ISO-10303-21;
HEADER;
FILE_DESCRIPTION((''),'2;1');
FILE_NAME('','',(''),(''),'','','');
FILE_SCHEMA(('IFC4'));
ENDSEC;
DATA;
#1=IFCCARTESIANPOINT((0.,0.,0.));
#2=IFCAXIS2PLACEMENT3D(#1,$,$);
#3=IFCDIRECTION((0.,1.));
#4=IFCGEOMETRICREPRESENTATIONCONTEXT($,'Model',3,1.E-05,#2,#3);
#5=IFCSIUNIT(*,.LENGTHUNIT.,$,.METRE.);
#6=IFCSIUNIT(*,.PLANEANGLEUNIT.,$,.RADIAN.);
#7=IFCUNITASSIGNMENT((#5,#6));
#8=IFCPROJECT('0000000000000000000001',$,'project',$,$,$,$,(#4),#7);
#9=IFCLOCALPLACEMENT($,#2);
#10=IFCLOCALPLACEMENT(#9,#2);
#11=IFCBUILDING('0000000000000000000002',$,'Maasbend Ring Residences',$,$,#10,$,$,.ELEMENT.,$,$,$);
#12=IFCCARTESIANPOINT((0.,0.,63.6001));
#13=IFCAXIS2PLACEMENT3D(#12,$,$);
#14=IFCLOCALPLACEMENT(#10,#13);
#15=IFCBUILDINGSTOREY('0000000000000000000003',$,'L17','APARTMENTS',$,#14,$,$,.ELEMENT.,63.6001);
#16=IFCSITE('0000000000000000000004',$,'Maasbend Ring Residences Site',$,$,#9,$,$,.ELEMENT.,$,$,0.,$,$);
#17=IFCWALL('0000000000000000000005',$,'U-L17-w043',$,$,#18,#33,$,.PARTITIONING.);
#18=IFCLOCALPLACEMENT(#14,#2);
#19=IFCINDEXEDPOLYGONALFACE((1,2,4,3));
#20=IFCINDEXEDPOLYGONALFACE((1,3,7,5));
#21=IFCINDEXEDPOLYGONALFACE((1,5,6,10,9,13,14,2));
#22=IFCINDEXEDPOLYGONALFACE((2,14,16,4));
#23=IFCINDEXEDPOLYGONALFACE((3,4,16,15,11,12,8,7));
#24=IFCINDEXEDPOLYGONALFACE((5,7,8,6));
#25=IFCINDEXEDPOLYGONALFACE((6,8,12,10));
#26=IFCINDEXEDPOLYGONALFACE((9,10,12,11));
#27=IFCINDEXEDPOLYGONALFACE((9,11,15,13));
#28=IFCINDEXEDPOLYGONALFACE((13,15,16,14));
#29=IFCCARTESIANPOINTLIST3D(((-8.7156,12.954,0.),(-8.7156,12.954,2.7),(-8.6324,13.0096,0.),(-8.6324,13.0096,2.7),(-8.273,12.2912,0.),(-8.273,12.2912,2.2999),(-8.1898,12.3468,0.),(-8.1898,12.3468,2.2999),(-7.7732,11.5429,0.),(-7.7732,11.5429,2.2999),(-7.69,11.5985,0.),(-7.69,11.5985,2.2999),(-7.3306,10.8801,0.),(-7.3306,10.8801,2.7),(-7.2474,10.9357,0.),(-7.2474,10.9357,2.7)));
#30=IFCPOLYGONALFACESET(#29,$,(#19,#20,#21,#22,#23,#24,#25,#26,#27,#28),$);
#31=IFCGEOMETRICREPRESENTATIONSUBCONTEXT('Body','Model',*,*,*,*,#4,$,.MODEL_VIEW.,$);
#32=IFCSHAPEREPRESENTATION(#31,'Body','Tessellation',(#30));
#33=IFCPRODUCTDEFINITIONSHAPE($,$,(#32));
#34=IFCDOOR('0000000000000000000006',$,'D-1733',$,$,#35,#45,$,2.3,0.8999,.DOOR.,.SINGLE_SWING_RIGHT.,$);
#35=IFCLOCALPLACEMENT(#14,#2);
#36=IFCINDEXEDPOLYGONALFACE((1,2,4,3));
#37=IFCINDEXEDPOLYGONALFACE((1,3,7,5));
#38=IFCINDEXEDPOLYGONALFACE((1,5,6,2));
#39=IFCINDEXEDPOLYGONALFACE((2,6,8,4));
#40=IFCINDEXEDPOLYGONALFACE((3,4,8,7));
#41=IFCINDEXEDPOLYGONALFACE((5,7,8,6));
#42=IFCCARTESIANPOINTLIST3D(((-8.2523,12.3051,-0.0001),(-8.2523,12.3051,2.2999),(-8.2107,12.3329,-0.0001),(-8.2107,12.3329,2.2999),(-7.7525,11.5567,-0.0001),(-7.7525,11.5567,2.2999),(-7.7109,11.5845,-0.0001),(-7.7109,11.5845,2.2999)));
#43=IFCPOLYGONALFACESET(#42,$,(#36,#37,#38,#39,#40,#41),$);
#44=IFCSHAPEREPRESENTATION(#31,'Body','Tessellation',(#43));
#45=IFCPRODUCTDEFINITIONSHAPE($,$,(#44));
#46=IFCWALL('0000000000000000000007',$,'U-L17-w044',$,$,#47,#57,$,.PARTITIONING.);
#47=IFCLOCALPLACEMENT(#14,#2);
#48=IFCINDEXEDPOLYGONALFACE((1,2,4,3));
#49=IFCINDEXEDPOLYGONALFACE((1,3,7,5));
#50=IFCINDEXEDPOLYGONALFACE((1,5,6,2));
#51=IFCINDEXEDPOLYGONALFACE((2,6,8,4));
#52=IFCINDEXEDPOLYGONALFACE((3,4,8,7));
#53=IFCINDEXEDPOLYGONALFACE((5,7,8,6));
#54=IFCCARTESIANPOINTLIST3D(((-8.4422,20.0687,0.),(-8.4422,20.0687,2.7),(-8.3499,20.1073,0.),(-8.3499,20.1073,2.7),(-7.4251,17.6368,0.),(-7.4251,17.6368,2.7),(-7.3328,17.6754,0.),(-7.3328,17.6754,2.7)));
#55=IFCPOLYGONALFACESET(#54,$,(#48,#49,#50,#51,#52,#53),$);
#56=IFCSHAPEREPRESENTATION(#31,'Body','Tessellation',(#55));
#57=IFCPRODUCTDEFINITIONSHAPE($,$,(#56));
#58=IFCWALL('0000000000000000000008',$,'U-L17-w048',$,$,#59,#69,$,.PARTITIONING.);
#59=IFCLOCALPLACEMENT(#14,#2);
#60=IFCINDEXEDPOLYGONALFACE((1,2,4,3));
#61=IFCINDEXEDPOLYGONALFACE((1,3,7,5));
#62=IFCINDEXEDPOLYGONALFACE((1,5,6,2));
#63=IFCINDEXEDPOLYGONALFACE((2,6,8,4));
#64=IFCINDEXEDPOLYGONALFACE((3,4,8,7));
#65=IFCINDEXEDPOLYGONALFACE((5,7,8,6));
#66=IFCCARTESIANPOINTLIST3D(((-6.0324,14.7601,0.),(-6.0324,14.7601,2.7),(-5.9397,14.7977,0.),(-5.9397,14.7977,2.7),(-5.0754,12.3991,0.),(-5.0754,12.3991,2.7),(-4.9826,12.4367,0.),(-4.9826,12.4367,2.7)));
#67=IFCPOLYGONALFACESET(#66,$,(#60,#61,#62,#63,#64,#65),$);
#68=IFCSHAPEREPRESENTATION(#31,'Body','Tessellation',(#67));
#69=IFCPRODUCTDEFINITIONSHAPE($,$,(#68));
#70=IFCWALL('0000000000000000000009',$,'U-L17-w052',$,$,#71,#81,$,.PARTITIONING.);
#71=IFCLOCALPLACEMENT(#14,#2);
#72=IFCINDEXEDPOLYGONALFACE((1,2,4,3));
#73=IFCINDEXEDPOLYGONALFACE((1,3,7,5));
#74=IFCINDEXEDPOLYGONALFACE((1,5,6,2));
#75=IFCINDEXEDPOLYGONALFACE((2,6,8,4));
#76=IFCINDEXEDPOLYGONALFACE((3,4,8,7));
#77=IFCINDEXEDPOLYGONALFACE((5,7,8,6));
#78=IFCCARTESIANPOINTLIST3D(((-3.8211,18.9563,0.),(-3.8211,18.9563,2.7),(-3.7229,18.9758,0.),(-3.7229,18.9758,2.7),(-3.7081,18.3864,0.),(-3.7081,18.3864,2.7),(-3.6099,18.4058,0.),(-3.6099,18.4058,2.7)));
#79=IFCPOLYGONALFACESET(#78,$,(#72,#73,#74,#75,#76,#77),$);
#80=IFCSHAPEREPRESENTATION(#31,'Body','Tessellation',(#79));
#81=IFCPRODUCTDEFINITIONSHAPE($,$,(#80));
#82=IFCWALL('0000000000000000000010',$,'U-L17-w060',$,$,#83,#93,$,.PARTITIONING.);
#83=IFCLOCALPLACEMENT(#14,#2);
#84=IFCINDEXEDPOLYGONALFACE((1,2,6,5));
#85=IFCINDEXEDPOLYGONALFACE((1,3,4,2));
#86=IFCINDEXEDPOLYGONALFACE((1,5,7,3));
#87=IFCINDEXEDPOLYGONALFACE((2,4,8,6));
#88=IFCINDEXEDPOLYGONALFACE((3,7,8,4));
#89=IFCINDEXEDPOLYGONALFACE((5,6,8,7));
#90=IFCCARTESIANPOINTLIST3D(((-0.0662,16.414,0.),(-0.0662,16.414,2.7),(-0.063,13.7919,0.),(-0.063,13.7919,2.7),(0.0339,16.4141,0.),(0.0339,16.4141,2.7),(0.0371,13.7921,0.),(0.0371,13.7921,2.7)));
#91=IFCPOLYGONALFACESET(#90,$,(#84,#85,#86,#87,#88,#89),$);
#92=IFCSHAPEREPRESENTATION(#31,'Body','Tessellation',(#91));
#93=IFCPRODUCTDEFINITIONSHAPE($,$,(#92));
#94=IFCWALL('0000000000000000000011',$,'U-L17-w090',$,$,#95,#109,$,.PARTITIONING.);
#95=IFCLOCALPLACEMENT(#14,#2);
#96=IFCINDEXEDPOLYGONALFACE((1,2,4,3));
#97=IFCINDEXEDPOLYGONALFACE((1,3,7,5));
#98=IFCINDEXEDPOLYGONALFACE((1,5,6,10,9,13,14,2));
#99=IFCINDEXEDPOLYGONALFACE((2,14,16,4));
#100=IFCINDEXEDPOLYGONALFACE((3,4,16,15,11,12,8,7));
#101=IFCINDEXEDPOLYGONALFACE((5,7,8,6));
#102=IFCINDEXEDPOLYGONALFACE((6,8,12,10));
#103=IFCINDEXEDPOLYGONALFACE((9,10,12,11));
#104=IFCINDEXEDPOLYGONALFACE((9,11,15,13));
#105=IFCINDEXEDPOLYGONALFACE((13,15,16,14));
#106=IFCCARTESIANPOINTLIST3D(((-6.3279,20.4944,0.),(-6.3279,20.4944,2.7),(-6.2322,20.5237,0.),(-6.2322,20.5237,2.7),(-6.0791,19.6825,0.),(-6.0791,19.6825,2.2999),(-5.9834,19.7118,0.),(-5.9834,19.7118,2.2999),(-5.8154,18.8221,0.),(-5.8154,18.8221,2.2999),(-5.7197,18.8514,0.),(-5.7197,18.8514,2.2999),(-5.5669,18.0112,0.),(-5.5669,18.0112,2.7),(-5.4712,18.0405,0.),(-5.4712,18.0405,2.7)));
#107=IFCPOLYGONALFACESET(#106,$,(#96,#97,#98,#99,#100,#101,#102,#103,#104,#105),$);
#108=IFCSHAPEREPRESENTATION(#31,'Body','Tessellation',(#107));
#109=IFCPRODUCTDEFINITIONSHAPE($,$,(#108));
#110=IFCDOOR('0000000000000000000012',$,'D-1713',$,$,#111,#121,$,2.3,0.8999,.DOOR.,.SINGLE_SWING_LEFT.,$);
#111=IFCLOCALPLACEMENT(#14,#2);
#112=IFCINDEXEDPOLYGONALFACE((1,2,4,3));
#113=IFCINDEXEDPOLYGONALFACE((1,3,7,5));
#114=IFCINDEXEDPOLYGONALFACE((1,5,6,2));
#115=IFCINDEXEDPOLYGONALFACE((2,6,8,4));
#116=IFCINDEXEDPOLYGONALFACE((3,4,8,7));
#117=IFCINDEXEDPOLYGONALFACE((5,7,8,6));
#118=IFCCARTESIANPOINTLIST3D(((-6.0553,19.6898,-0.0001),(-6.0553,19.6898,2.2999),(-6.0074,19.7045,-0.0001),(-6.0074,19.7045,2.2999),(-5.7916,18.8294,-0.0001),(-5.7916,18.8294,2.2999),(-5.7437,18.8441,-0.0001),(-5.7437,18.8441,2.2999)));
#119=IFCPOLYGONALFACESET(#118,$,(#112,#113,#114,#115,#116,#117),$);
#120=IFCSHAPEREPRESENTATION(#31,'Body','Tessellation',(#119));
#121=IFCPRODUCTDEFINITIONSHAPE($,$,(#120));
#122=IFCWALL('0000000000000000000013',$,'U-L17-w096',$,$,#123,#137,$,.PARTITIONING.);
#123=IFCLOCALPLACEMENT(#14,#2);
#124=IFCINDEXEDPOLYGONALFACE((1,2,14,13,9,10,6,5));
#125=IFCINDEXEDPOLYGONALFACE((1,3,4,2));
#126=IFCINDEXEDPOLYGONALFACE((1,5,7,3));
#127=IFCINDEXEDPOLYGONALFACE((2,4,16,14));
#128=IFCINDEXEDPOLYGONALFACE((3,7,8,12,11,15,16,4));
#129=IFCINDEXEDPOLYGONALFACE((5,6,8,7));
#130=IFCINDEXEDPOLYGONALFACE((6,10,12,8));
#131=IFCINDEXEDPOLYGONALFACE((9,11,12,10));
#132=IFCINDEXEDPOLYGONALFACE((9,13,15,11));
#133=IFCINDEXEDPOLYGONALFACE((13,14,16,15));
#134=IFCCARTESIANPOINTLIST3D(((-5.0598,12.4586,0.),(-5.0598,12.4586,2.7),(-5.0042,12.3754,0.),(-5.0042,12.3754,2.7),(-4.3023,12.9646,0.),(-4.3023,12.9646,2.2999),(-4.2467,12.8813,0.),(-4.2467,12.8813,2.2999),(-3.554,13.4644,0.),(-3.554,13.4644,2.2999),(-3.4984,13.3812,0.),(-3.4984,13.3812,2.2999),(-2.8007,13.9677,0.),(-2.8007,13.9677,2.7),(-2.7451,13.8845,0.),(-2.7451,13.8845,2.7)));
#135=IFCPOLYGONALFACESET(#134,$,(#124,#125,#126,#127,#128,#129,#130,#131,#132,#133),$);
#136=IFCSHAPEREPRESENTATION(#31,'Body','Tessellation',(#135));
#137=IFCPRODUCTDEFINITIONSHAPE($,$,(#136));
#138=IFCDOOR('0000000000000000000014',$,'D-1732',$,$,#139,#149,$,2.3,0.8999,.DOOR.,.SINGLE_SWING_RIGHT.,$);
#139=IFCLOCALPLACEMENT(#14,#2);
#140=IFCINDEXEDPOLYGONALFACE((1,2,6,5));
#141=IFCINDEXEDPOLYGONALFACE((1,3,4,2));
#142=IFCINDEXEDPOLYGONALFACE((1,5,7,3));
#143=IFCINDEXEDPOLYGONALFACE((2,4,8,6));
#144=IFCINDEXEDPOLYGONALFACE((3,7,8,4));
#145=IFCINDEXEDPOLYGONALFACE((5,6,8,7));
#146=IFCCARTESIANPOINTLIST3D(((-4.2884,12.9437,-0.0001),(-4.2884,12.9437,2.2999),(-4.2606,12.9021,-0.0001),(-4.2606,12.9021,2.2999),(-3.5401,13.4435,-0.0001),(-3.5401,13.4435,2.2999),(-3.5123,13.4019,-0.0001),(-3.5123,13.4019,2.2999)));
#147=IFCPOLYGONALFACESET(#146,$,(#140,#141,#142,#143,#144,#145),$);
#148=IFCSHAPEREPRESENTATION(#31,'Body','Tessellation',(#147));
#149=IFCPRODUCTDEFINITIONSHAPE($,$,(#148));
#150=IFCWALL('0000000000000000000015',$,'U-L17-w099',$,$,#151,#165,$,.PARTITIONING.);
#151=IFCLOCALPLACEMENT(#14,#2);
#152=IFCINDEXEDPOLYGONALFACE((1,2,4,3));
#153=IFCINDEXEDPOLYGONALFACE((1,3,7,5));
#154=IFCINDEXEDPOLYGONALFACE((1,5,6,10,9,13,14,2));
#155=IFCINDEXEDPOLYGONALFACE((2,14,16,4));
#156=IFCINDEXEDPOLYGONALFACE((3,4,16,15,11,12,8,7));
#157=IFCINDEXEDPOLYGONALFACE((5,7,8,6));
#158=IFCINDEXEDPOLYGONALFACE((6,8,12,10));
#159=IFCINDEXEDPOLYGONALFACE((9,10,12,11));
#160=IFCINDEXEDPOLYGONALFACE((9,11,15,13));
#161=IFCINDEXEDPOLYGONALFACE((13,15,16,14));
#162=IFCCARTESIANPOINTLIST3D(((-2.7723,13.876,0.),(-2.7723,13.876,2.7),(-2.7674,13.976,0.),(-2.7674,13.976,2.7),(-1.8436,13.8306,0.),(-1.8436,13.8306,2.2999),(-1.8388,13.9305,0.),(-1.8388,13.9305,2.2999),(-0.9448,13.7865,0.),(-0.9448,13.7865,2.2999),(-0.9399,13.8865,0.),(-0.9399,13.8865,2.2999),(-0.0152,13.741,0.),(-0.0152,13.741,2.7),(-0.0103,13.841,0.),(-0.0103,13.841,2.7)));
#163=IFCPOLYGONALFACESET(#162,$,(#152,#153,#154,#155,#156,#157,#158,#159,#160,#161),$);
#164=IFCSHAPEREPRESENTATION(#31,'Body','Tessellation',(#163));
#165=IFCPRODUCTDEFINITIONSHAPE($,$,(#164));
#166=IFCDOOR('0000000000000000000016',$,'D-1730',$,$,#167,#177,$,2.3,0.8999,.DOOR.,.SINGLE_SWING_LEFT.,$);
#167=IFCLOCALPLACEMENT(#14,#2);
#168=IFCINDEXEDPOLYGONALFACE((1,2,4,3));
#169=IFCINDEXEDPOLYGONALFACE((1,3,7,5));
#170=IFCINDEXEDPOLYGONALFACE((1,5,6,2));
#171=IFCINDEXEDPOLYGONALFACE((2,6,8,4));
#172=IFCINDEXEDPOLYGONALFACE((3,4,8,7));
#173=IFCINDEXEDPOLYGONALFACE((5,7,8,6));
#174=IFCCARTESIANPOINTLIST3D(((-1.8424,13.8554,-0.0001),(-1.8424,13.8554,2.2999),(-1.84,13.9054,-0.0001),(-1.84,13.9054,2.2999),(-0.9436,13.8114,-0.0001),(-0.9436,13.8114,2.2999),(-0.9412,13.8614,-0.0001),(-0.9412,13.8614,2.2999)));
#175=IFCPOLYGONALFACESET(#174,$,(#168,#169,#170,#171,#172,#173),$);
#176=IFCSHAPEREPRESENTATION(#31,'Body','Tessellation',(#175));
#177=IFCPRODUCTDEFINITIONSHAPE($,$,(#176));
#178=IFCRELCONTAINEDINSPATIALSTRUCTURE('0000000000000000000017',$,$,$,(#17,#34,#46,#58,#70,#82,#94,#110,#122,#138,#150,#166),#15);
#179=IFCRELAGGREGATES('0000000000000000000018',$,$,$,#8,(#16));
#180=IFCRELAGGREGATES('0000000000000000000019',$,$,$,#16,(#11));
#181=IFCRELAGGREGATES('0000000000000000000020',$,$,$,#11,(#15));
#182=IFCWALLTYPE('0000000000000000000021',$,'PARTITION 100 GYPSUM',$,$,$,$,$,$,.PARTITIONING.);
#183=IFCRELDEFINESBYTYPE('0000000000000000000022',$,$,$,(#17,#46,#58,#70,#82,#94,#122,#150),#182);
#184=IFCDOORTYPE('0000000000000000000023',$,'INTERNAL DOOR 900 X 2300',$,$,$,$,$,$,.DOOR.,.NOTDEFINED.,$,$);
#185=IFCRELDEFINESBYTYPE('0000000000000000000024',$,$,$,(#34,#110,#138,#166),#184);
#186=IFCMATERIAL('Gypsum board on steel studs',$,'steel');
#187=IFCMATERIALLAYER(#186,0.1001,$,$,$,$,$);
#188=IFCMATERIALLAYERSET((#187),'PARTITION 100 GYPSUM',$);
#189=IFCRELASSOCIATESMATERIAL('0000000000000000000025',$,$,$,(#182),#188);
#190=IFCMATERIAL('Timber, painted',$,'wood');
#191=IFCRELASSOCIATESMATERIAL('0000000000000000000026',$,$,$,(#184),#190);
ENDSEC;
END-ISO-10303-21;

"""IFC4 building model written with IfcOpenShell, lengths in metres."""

from ifc_helpers import new_model, si_unit, direction, frame, frame_2d, origin, place, context, subcontext, project, spatial, rectangle, extrude, material, layer, layer_set, type_object, element, fill, save


model = new_model("IFC4")

# Units and contexts
model_context = context("Model", 3, precision=1e-05, world=origin(), true_north=direction((0.0, 1.0)))
body_context = subcontext(model_context, "Body", "Model", "MODEL_VIEW")
ifc_project = project(units=[si_unit("LENGTHUNIT", "METRE"), si_unit("PLANEANGLEUNIT", "RADIAN")], contexts=[model_context])

# Site, building, storey
site_placement = place(None, origin())
site = spatial("IfcSite", under=ifc_project, at=site_placement, Name="Maasbend Ring Residences Site", CompositionType="ELEMENT", RefElevation=0.0)
building_placement = place(site_placement, origin())
building = spatial("IfcBuilding", under=site, at=building_placement, Name="Maasbend Ring Residences", CompositionType="ELEMENT")
storey_placement = place(building_placement, frame((0.0, 0.0, 63.6001)))
storey = spatial("IfcBuildingStorey", under=building, at=storey_placement, Name="L17", Description="APARTMENTS", CompositionType="ELEMENT", Elevation=63.6001)

# Wall, opening, door
ifc_material_1 = material(Name="Gypsum board on steel studs", Category="steel")
ifc_layer_1 = layer(ifc_material_1, 0.1001)
ifc_layer_set_1 = layer_set([ifc_layer_1], Name="PARTITION 100 GYPSUM")
wall_type_1 = type_object("IfcWallType", Name="PARTITION 100 GYPSUM", PredefinedType="PARTITIONING", material=ifc_layer_set_1)
wall_1_placement = place(storey_placement, frame((-8.6741, 12.9819, 0.0), z_axis=(0.0, 0.0, 1.0), x_axis=(0.555355, -0.831613, 0.0)))
wall_1 = element("IfcWall", 1, at=wall_1_placement, inside=storey, type_object=wall_type_1, Name="U-L17-w043", PredefinedType="PARTITIONING", context=body_context, shape_type="SweptSolid", body=[
    extrude(rectangle(XDim=2.4939, YDim=0.1001, at=frame_2d((1.2471, 0.0))), origin(), (0.0, 0.0, 1.0), 2.7),
])
opening_1_placement = place(wall_1_placement, frame((0.7971, 0.0, 0.0)))
opening_1 = element("IfcOpeningElement", 2, at=opening_1_placement, cuts=wall_1, PredefinedType="OPENING", context=body_context, shape_type="SweptSolid", body=[
    extrude(rectangle(XDim=0.8999, YDim=2.3, at=frame_2d((0.45, 1.1499))), frame((0.0, 0.0601, 0.0), z_axis=(0.0, -1.0, 0.0), x_axis=(1.0, 0.0, 0.0)), (0.0, 0.0, 1.0), 0.1201),
])
ifc_material_2 = material(Name="Timber, painted", Category="wood")
door_type_1 = type_object("IfcDoorType", Name="INTERNAL DOOR 900 X 2300", OperationType="NOTDEFINED", PredefinedType="DOOR", material=ifc_material_2)
door_1_placement = place(opening_1_placement, origin())
door_1 = element("IfcDoor", 3, at=door_1_placement, inside=storey, type_object=door_type_1, Name="D-1733", OperationType="SINGLE_SWING_RIGHT", OverallHeight=2.3, OverallWidth=0.8999, PredefinedType="DOOR", context=body_context, shape_type="SweptSolid", body=[
    extrude(rectangle(XDim=0.8999, YDim=2.3, at=frame_2d((0.45, 1.1499))), frame((0.0, 0.0249, 0.0), z_axis=(0.0, -1.0, 0.0), x_axis=(1.0, 0.0, 0.0)), (0.0, 0.0, 1.0), 0.05),
])
fill(opening_1, door_1)

# Walls
wall_2_placement = place(storey_placement, frame((-8.396, 20.0879, 0.0), z_axis=(0.0, 0.0, 1.0), x_axis=(0.385845, -0.922564, 0.0)))
element("IfcWall", 4, at=wall_2_placement, inside=storey, type_object=wall_type_1, Name="U-L17-w044", PredefinedType="PARTITIONING", context=body_context, shape_type="SweptSolid", body=[
    extrude(rectangle(XDim=2.636, YDim=0.1001, at=frame_2d((1.3179, 0.0))), origin(), (0.0, 0.0, 1.0), 2.7),
])
wall_3_placement = place(storey_placement, frame((-5.9861, 14.7791, 0.0), z_axis=(0.0, 0.0, 1.0), x_axis=(0.375649, -0.926762, 0.0)))
element("IfcWall", 5, at=wall_3_placement, inside=storey, type_object=wall_type_1, Name="U-L17-w048", PredefinedType="PARTITIONING", context=body_context, shape_type="SweptSolid", body=[
    extrude(rectangle(XDim=2.5476, YDim=0.1001, at=frame_2d((1.2739, 0.0))), origin(), (0.0, 0.0, 1.0), 2.7),
])
wall_4_placement = place(storey_placement, frame((-3.772, 18.9661, 0.0), z_axis=(0.0, 0.0, 1.0), x_axis=(0.1945, -0.980902, 0.0)))
element("IfcWall", 6, at=wall_4_placement, inside=storey, type_object=wall_type_1, Name="U-L17-w052", PredefinedType="PARTITIONING", context=body_context, shape_type="SweptSolid", body=[
    extrude(rectangle(XDim=0.5811, YDim=0.1001, at=frame_2d((0.2905, 0.0))), origin(), (0.0, 0.0, 1.0), 2.7),
])
wall_5_placement = place(storey_placement, frame((-0.0129, 13.792, 0.0), z_axis=(0.0, 0.0, 1.0), x_axis=(-0.00121, 0.999999, 0.0)))
element("IfcWall", 7, at=wall_5_placement, inside=storey, type_object=wall_type_1, Name="U-L17-w060", PredefinedType="PARTITIONING", context=body_context, shape_type="SweptSolid", body=[
    extrude(rectangle(XDim=2.6221, YDim=0.1001, at=frame_2d((1.311, 0.0))), origin(), (0.0, 0.0, 1.0), 2.7),
])

# Walls, openings, doors
wall_6_placement = place(storey_placement, frame((-6.28, 20.509, 0.0), z_axis=(0.0, 0.0, 1.0), x_axis=(0.293009, -0.95611, 0.0)))
wall_6 = element("IfcWall", 8, at=wall_6_placement, inside=storey, type_object=wall_type_1, Name="U-L17-w090", PredefinedType="PARTITIONING", context=body_context, shape_type="SweptSolid", body=[
    extrude(rectangle(XDim=2.5972, YDim=0.1001, at=frame_2d((1.2986, 0.0))), origin(), (0.0, 0.0, 1.0), 2.7),
])
opening_2_placement = place(wall_6_placement, frame((0.8491, 0.0, 0.0)))
opening_2 = element("IfcOpeningElement", 9, at=opening_2_placement, cuts=wall_6, PredefinedType="OPENING", context=body_context, shape_type="SweptSolid", body=[
    extrude(rectangle(XDim=0.8999, YDim=2.3, at=frame_2d((0.45, 1.1499))), frame((0.0, 0.0601, 0.0), z_axis=(0.0, -1.0, 0.0), x_axis=(1.0, 0.0, 0.0)), (0.0, 0.0, 1.0), 0.1201),
])
door_2_placement = place(opening_2_placement, origin())
door_2 = element("IfcDoor", 10, at=door_2_placement, inside=storey, type_object=door_type_1, Name="D-1713", OperationType="SINGLE_SWING_LEFT", OverallHeight=2.3, OverallWidth=0.8999, PredefinedType="DOOR", context=body_context, shape_type="SweptSolid", body=[
    extrude(rectangle(XDim=0.8999, YDim=2.3, at=frame_2d((0.45, 1.1499))), frame((0.0, 0.0249, 0.0), z_axis=(0.0, -1.0, 0.0), x_axis=(1.0, 0.0, 0.0)), (0.0, 0.0, 1.0), 0.05),
])
fill(opening_2, door_2)
wall_7_placement = place(storey_placement, frame((-5.032, 12.417, 0.0), z_axis=(0.0, 0.0, 1.0), x_axis=(0.831538, 0.555467, 0.0)))
wall_7 = element("IfcWall", 11, at=wall_7_placement, inside=storey, type_object=wall_type_1, Name="U-L17-w096", PredefinedType="PARTITIONING", context=body_context, shape_type="SweptSolid", body=[
    extrude(rectangle(XDim=2.7168, YDim=0.1001, at=frame_2d((1.3584, 0.0))), origin(), (0.0, 0.0, 1.0), 2.7),
])
opening_3_placement = place(wall_7_placement, frame((0.9109, 0.0, 0.0)))
opening_3 = element("IfcOpeningElement", 12, at=opening_3_placement, cuts=wall_7, PredefinedType="OPENING", context=body_context, shape_type="SweptSolid", body=[
    extrude(rectangle(XDim=0.8999, YDim=2.3, at=frame_2d((0.45, 1.1499))), frame((0.0, 0.0601, 0.0), z_axis=(0.0, -1.0, 0.0), x_axis=(1.0, 0.0, 0.0)), (0.0, 0.0, 1.0), 0.1201),
])
door_3_placement = place(opening_3_placement, origin())
door_3 = element("IfcDoor", 13, at=door_3_placement, inside=storey, type_object=door_type_1, Name="D-1732", OperationType="SINGLE_SWING_RIGHT", OverallHeight=2.3, OverallWidth=0.8999, PredefinedType="DOOR", context=body_context, shape_type="SweptSolid", body=[
    extrude(rectangle(XDim=0.8999, YDim=2.3, at=frame_2d((0.45, 1.1499))), frame((0.0, 0.0249, 0.0), z_axis=(0.0, -1.0, 0.0), x_axis=(1.0, 0.0, 0.0)), (0.0, 0.0, 1.0), 0.05),
])
fill(opening_3, door_3)
wall_8_placement = place(storey_placement, frame((-2.77, 13.926, 0.0), z_axis=(0.0, 0.0, 1.0), x_axis=(0.998803, -0.04891, 0.0)))
wall_8 = element("IfcWall", 14, at=wall_8_placement, inside=storey, type_object=wall_type_1, Name="U-L17-w099", PredefinedType="PARTITIONING", context=body_context, shape_type="SweptSolid", body=[
    extrude(rectangle(XDim=2.7605, YDim=0.1001, at=frame_2d((1.3804, 0.0))), origin(), (0.0, 0.0, 1.0), 2.7),
])
opening_4_placement = place(wall_8_placement, frame((0.9299, 0.0, 0.0)))
opening_4 = element("IfcOpeningElement", 15, at=opening_4_placement, cuts=wall_8, PredefinedType="OPENING", context=body_context, shape_type="SweptSolid", body=[
    extrude(rectangle(XDim=0.8999, YDim=2.3, at=frame_2d((0.45, 1.1499))), frame((0.0, 0.0601, 0.0), z_axis=(0.0, -1.0, 0.0), x_axis=(1.0, 0.0, 0.0)), (0.0, 0.0, 1.0), 0.1201),
])
door_4_placement = place(opening_4_placement, origin())
door_4 = element("IfcDoor", 16, at=door_4_placement, inside=storey, type_object=door_type_1, Name="D-1730", OperationType="SINGLE_SWING_LEFT", OverallHeight=2.3, OverallWidth=0.8999, PredefinedType="DOOR", context=body_context, shape_type="SweptSolid", body=[
    extrude(rectangle(XDim=0.8999, YDim=2.3, at=frame_2d((0.45, 1.1499))), frame((0.0, 0.0249, 0.0), z_axis=(0.0, -1.0, 0.0), x_axis=(1.0, 0.0, 0.0)), (0.0, 0.0, 1.0), 0.05),
])
fill(opening_4, door_4)

save(model, "model.ifc")
